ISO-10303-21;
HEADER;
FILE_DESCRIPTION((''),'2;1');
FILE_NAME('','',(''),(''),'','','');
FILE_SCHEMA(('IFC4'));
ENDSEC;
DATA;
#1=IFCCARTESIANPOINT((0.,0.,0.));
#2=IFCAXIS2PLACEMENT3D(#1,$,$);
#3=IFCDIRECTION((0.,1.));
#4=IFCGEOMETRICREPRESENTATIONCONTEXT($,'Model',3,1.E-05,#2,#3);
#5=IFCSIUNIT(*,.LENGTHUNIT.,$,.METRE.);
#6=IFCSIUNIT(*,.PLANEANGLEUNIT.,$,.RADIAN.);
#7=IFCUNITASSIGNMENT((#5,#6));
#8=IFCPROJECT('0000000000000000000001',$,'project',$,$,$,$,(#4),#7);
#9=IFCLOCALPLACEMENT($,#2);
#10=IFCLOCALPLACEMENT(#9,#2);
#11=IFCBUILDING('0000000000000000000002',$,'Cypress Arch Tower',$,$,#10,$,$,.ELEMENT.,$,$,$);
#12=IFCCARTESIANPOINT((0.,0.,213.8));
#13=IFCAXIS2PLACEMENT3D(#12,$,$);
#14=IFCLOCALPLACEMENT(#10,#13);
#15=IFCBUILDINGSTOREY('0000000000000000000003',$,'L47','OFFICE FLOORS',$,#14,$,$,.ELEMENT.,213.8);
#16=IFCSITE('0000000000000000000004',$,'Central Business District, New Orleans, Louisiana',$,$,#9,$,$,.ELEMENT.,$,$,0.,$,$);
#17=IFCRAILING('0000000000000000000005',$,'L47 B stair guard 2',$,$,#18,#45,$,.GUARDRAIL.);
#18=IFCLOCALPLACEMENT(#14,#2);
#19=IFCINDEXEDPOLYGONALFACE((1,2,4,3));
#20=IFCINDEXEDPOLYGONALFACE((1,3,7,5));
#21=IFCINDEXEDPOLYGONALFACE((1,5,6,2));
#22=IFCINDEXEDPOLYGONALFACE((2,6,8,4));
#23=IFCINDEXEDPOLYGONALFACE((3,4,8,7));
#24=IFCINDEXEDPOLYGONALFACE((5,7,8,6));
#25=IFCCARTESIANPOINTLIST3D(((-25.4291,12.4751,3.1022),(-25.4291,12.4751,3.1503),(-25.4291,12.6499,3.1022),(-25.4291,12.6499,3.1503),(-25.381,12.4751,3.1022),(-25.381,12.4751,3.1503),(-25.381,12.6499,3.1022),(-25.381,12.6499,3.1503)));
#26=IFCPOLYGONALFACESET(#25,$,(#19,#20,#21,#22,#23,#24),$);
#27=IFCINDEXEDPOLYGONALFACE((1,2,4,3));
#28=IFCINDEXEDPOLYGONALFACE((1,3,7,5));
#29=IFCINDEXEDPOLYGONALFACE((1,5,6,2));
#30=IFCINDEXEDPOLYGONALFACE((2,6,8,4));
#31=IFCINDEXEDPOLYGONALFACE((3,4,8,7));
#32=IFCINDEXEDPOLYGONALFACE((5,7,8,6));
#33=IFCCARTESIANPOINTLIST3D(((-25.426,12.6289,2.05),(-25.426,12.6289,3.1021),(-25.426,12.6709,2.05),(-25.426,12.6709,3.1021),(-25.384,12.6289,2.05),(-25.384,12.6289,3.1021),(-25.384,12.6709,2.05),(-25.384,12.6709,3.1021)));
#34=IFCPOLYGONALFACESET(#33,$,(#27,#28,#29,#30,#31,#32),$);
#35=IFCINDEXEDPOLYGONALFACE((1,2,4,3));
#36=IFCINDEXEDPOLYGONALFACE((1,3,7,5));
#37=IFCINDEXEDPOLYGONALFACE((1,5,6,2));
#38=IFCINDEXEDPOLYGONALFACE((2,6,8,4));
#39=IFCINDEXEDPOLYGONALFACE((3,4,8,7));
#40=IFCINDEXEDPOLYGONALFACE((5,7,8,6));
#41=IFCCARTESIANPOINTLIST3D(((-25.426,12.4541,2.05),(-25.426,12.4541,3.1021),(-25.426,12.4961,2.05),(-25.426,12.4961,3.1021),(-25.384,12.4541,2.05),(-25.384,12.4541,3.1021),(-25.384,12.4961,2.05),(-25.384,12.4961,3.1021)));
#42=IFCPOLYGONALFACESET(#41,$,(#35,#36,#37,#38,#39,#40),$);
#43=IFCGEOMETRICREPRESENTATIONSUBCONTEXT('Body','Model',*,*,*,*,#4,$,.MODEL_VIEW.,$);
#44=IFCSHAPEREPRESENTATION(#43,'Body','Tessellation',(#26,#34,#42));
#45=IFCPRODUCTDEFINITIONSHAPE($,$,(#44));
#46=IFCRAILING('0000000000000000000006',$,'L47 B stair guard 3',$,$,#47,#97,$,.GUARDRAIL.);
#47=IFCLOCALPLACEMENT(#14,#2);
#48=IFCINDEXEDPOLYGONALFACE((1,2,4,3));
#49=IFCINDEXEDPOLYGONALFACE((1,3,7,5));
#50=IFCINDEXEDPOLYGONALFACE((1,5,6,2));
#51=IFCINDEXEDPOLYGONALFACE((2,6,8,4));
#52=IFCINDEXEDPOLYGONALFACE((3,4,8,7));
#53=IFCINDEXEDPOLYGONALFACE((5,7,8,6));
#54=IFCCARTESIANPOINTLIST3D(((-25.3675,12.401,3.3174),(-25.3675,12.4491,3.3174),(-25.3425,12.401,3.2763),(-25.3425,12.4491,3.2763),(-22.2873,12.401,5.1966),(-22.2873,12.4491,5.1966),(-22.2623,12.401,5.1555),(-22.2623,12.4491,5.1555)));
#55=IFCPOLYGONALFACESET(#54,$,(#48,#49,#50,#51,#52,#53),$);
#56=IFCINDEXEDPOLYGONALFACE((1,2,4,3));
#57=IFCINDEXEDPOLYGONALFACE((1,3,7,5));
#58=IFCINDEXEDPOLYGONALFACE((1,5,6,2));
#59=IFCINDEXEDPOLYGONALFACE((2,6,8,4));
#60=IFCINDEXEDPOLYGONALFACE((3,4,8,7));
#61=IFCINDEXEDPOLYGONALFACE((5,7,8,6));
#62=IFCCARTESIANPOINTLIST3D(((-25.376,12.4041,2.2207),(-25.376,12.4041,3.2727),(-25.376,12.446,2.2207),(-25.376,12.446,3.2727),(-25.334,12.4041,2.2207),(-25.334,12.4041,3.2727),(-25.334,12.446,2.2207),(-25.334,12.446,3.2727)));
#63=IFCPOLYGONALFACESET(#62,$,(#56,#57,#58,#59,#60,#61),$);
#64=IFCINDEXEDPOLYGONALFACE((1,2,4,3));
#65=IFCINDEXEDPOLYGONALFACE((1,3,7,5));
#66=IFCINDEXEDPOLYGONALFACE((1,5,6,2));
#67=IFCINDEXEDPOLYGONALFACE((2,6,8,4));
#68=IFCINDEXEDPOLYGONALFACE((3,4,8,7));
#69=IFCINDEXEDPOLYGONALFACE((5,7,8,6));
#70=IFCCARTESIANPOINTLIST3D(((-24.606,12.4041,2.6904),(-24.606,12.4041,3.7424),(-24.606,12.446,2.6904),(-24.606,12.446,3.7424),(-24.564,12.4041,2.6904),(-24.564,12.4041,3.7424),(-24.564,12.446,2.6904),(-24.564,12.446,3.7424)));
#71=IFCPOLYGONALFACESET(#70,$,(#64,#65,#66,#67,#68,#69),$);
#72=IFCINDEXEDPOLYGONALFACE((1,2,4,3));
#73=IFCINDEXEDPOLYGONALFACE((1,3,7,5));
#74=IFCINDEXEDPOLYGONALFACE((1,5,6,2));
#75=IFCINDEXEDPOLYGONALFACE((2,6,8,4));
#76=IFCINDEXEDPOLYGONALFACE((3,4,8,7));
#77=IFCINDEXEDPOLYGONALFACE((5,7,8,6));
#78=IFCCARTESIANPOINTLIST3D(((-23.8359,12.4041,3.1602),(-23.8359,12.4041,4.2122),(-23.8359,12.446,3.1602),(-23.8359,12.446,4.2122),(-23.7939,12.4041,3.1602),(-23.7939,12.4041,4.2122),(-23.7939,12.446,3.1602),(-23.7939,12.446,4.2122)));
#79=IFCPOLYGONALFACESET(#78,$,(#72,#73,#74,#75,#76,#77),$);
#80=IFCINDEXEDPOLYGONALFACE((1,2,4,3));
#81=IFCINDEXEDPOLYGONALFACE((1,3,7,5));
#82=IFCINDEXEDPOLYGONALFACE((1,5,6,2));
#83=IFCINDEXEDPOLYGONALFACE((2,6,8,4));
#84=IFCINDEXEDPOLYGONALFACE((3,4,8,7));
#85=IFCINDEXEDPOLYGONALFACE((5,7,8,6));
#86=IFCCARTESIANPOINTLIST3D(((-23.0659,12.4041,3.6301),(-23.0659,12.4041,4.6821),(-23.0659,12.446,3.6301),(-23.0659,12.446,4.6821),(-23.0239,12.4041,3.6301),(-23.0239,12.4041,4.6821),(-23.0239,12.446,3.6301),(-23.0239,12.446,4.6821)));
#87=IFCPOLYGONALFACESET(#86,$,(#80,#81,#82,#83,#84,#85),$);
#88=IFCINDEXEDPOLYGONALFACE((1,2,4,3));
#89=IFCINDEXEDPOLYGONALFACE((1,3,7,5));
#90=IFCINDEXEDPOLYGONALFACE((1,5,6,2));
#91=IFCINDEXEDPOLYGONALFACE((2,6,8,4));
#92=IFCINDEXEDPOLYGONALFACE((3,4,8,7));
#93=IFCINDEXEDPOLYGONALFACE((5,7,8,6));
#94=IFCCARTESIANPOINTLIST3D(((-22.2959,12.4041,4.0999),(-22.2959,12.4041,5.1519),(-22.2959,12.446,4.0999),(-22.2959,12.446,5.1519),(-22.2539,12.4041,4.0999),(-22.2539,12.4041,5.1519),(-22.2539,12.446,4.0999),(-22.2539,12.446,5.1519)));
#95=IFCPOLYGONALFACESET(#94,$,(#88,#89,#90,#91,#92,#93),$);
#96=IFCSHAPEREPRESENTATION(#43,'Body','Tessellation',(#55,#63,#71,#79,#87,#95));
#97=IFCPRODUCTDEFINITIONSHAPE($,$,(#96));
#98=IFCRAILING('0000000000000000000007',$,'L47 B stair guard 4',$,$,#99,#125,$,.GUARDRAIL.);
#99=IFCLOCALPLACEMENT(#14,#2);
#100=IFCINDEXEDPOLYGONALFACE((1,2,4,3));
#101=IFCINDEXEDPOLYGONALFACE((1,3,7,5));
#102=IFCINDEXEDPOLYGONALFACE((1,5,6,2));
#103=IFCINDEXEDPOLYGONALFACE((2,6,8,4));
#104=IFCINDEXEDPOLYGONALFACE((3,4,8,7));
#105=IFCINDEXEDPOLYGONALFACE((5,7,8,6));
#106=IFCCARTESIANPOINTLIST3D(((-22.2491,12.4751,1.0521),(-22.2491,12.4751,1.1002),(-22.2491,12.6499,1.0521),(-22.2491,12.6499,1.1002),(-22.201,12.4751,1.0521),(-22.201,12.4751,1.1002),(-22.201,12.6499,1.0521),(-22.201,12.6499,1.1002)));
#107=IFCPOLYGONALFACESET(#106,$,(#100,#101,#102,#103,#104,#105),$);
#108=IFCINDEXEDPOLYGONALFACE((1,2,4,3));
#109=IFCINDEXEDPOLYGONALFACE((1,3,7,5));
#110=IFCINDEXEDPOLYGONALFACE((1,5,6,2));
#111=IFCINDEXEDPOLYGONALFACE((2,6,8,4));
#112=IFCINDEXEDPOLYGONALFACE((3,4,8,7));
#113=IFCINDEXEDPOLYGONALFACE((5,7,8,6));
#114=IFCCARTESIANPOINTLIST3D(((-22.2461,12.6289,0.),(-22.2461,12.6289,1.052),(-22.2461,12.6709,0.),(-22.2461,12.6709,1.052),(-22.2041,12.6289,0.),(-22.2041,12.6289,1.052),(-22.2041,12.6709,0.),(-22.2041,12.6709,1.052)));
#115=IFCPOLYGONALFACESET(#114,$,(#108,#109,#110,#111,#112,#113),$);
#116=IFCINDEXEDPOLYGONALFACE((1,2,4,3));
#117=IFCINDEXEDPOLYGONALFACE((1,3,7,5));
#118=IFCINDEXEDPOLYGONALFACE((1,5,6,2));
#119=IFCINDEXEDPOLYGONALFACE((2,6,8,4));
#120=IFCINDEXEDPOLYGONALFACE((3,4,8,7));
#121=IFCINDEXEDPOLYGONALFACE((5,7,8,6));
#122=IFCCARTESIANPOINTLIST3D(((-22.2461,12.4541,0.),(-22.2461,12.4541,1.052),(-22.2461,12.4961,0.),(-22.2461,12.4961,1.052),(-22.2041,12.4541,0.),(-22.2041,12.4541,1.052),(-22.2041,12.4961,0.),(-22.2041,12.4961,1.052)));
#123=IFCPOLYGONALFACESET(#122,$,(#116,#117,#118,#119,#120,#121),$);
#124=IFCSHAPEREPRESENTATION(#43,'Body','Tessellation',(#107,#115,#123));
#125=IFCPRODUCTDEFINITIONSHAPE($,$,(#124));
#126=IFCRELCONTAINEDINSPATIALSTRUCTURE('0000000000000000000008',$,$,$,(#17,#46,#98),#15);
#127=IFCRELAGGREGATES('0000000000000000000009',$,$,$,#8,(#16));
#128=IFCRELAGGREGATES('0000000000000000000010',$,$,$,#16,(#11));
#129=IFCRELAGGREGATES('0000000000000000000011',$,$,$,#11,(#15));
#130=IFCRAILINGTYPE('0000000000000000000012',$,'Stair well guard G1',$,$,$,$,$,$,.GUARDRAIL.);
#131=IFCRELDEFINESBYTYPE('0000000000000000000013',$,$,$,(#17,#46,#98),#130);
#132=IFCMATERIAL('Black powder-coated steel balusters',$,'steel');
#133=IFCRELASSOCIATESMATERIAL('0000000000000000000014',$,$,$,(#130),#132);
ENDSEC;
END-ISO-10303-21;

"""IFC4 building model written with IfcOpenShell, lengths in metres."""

from ifc_helpers import new_model, si_unit, direction, frame, origin, origin_2d, place, context, subcontext, project, spatial, rectangle, extrude, material, type_object, element, save


model = new_model("IFC4")

# Units and contexts
model_context = context("Model", 3, precision=1e-05, world=origin(), true_north=direction((0.0, 1.0)))
body_context = subcontext(model_context, "Body", "Model", "MODEL_VIEW")
ifc_project = project(units=[si_unit("LENGTHUNIT", "METRE"), si_unit("PLANEANGLEUNIT", "RADIAN")], contexts=[model_context])

# Site, building, storey
site_placement = place(None, origin())
site = spatial("IfcSite", under=ifc_project, at=site_placement, Name="Central Business District, New Orleans, Louisiana", CompositionType="ELEMENT", RefElevation=0.0)
building_placement = place(site_placement, origin())
building = spatial("IfcBuilding", under=site, at=building_placement, Name="Cypress Arch Tower", CompositionType="ELEMENT")
storey_placement = place(building_placement, frame((0.0, 0.0, 213.8)))
storey = spatial("IfcBuildingStorey", under=building, at=storey_placement, Name="L47", Description="OFFICE FLOORS", CompositionType="ELEMENT", Elevation=213.8)

# Railings
ifc_material_1 = material(Name="Black powder-coated steel balusters", Category="steel")
railing_type_1 = type_object("IfcRailingType", Name="Stair well guard G1", PredefinedType="GUARDRAIL", material=ifc_material_1)
railing_1_placement = place(storey_placement, frame((-25.405, 12.6499, 2.05)))
element("IfcRailing", 1, at=railing_1_placement, inside=storey, type_object=railing_type_1, Name="L47 B stair guard 2", PredefinedType="GUARDRAIL", context=body_context, shape_type="SweptSolid", body=[
    extrude(rectangle(XDim=0.0481, YDim=0.0481, at=origin_2d()), frame((0.0, 0.0, 1.0762), z_axis=(0.0, -1.0, 0.0), x_axis=(1.0, 0.0, 0.0)), (0.0, 0.0, 1.0), 0.1748),
    extrude(rectangle(XDim=0.042, YDim=0.042, at=origin_2d()), origin(), (0.0, 0.0, 1.0), 1.052),
    extrude(rectangle(XDim=0.042, YDim=0.042, at=origin_2d()), frame((0.0, -0.1748, 0.0)), (0.0, 0.0, 1.0), 1.052),
])
railing_2_placement = place(storey_placement, frame((-25.355, 12.425, 2.2207)))
element("IfcRailing", 2, at=railing_2_placement, inside=storey, type_object=railing_type_1, Name="L47 B stair guard 3", PredefinedType="GUARDRAIL", context=body_context, shape_type="SweptSolid", body=[
    extrude(rectangle(XDim=0.0481, YDim=0.0481, at=origin_2d()), frame((0.0, 0.0, 1.0762), z_axis=(0.853666, 0.0, 0.52082), x_axis=(0.0, 1.0, 0.0)), (0.0, 0.0, 1.0), 3.6082),
    extrude(rectangle(XDim=0.042, YDim=0.042, at=origin_2d()), origin(), (0.0, 0.0, 1.0), 1.052),
    extrude(rectangle(XDim=0.042, YDim=0.042, at=origin_2d()), frame((0.77, 0.0, 0.4697)), (0.0, 0.0, 1.0), 1.052),
    extrude(rectangle(XDim=0.042, YDim=0.042, at=origin_2d()), frame((1.54, 0.0, 0.9395)), (0.0, 0.0, 1.0), 1.052),
    extrude(rectangle(XDim=0.042, YDim=0.042, at=origin_2d()), frame((2.3101, 0.0, 1.4094)), (0.0, 0.0, 1.0), 1.052),
    extrude(rectangle(XDim=0.042, YDim=0.042, at=origin_2d()), frame((3.0801, 0.0, 1.8792)), (0.0, 0.0, 1.0), 1.052),
])
railing_3_placement = place(storey_placement, frame((-22.2251, 12.6499, 0.0)))
element("IfcRailing", 3, at=railing_3_placement, inside=storey, type_object=railing_type_1, Name="L47 B stair guard 4", PredefinedType="GUARDRAIL", context=body_context, shape_type="SweptSolid", body=[
    extrude(rectangle(XDim=0.0481, YDim=0.0481, at=origin_2d()), frame((0.0, 0.0, 1.0762), z_axis=(0.0, -1.0, 0.0), x_axis=(1.0, 0.0, 0.0)), (0.0, 0.0, 1.0), 0.1748),
    extrude(rectangle(XDim=0.042, YDim=0.042, at=origin_2d()), origin(), (0.0, 0.0, 1.0), 1.052),
    extrude(rectangle(XDim=0.042, YDim=0.042, at=origin_2d()), frame((0.0, -0.1748, 0.0)), (0.0, 0.0, 1.0), 1.052),
])

save(model, "model.ifc")
